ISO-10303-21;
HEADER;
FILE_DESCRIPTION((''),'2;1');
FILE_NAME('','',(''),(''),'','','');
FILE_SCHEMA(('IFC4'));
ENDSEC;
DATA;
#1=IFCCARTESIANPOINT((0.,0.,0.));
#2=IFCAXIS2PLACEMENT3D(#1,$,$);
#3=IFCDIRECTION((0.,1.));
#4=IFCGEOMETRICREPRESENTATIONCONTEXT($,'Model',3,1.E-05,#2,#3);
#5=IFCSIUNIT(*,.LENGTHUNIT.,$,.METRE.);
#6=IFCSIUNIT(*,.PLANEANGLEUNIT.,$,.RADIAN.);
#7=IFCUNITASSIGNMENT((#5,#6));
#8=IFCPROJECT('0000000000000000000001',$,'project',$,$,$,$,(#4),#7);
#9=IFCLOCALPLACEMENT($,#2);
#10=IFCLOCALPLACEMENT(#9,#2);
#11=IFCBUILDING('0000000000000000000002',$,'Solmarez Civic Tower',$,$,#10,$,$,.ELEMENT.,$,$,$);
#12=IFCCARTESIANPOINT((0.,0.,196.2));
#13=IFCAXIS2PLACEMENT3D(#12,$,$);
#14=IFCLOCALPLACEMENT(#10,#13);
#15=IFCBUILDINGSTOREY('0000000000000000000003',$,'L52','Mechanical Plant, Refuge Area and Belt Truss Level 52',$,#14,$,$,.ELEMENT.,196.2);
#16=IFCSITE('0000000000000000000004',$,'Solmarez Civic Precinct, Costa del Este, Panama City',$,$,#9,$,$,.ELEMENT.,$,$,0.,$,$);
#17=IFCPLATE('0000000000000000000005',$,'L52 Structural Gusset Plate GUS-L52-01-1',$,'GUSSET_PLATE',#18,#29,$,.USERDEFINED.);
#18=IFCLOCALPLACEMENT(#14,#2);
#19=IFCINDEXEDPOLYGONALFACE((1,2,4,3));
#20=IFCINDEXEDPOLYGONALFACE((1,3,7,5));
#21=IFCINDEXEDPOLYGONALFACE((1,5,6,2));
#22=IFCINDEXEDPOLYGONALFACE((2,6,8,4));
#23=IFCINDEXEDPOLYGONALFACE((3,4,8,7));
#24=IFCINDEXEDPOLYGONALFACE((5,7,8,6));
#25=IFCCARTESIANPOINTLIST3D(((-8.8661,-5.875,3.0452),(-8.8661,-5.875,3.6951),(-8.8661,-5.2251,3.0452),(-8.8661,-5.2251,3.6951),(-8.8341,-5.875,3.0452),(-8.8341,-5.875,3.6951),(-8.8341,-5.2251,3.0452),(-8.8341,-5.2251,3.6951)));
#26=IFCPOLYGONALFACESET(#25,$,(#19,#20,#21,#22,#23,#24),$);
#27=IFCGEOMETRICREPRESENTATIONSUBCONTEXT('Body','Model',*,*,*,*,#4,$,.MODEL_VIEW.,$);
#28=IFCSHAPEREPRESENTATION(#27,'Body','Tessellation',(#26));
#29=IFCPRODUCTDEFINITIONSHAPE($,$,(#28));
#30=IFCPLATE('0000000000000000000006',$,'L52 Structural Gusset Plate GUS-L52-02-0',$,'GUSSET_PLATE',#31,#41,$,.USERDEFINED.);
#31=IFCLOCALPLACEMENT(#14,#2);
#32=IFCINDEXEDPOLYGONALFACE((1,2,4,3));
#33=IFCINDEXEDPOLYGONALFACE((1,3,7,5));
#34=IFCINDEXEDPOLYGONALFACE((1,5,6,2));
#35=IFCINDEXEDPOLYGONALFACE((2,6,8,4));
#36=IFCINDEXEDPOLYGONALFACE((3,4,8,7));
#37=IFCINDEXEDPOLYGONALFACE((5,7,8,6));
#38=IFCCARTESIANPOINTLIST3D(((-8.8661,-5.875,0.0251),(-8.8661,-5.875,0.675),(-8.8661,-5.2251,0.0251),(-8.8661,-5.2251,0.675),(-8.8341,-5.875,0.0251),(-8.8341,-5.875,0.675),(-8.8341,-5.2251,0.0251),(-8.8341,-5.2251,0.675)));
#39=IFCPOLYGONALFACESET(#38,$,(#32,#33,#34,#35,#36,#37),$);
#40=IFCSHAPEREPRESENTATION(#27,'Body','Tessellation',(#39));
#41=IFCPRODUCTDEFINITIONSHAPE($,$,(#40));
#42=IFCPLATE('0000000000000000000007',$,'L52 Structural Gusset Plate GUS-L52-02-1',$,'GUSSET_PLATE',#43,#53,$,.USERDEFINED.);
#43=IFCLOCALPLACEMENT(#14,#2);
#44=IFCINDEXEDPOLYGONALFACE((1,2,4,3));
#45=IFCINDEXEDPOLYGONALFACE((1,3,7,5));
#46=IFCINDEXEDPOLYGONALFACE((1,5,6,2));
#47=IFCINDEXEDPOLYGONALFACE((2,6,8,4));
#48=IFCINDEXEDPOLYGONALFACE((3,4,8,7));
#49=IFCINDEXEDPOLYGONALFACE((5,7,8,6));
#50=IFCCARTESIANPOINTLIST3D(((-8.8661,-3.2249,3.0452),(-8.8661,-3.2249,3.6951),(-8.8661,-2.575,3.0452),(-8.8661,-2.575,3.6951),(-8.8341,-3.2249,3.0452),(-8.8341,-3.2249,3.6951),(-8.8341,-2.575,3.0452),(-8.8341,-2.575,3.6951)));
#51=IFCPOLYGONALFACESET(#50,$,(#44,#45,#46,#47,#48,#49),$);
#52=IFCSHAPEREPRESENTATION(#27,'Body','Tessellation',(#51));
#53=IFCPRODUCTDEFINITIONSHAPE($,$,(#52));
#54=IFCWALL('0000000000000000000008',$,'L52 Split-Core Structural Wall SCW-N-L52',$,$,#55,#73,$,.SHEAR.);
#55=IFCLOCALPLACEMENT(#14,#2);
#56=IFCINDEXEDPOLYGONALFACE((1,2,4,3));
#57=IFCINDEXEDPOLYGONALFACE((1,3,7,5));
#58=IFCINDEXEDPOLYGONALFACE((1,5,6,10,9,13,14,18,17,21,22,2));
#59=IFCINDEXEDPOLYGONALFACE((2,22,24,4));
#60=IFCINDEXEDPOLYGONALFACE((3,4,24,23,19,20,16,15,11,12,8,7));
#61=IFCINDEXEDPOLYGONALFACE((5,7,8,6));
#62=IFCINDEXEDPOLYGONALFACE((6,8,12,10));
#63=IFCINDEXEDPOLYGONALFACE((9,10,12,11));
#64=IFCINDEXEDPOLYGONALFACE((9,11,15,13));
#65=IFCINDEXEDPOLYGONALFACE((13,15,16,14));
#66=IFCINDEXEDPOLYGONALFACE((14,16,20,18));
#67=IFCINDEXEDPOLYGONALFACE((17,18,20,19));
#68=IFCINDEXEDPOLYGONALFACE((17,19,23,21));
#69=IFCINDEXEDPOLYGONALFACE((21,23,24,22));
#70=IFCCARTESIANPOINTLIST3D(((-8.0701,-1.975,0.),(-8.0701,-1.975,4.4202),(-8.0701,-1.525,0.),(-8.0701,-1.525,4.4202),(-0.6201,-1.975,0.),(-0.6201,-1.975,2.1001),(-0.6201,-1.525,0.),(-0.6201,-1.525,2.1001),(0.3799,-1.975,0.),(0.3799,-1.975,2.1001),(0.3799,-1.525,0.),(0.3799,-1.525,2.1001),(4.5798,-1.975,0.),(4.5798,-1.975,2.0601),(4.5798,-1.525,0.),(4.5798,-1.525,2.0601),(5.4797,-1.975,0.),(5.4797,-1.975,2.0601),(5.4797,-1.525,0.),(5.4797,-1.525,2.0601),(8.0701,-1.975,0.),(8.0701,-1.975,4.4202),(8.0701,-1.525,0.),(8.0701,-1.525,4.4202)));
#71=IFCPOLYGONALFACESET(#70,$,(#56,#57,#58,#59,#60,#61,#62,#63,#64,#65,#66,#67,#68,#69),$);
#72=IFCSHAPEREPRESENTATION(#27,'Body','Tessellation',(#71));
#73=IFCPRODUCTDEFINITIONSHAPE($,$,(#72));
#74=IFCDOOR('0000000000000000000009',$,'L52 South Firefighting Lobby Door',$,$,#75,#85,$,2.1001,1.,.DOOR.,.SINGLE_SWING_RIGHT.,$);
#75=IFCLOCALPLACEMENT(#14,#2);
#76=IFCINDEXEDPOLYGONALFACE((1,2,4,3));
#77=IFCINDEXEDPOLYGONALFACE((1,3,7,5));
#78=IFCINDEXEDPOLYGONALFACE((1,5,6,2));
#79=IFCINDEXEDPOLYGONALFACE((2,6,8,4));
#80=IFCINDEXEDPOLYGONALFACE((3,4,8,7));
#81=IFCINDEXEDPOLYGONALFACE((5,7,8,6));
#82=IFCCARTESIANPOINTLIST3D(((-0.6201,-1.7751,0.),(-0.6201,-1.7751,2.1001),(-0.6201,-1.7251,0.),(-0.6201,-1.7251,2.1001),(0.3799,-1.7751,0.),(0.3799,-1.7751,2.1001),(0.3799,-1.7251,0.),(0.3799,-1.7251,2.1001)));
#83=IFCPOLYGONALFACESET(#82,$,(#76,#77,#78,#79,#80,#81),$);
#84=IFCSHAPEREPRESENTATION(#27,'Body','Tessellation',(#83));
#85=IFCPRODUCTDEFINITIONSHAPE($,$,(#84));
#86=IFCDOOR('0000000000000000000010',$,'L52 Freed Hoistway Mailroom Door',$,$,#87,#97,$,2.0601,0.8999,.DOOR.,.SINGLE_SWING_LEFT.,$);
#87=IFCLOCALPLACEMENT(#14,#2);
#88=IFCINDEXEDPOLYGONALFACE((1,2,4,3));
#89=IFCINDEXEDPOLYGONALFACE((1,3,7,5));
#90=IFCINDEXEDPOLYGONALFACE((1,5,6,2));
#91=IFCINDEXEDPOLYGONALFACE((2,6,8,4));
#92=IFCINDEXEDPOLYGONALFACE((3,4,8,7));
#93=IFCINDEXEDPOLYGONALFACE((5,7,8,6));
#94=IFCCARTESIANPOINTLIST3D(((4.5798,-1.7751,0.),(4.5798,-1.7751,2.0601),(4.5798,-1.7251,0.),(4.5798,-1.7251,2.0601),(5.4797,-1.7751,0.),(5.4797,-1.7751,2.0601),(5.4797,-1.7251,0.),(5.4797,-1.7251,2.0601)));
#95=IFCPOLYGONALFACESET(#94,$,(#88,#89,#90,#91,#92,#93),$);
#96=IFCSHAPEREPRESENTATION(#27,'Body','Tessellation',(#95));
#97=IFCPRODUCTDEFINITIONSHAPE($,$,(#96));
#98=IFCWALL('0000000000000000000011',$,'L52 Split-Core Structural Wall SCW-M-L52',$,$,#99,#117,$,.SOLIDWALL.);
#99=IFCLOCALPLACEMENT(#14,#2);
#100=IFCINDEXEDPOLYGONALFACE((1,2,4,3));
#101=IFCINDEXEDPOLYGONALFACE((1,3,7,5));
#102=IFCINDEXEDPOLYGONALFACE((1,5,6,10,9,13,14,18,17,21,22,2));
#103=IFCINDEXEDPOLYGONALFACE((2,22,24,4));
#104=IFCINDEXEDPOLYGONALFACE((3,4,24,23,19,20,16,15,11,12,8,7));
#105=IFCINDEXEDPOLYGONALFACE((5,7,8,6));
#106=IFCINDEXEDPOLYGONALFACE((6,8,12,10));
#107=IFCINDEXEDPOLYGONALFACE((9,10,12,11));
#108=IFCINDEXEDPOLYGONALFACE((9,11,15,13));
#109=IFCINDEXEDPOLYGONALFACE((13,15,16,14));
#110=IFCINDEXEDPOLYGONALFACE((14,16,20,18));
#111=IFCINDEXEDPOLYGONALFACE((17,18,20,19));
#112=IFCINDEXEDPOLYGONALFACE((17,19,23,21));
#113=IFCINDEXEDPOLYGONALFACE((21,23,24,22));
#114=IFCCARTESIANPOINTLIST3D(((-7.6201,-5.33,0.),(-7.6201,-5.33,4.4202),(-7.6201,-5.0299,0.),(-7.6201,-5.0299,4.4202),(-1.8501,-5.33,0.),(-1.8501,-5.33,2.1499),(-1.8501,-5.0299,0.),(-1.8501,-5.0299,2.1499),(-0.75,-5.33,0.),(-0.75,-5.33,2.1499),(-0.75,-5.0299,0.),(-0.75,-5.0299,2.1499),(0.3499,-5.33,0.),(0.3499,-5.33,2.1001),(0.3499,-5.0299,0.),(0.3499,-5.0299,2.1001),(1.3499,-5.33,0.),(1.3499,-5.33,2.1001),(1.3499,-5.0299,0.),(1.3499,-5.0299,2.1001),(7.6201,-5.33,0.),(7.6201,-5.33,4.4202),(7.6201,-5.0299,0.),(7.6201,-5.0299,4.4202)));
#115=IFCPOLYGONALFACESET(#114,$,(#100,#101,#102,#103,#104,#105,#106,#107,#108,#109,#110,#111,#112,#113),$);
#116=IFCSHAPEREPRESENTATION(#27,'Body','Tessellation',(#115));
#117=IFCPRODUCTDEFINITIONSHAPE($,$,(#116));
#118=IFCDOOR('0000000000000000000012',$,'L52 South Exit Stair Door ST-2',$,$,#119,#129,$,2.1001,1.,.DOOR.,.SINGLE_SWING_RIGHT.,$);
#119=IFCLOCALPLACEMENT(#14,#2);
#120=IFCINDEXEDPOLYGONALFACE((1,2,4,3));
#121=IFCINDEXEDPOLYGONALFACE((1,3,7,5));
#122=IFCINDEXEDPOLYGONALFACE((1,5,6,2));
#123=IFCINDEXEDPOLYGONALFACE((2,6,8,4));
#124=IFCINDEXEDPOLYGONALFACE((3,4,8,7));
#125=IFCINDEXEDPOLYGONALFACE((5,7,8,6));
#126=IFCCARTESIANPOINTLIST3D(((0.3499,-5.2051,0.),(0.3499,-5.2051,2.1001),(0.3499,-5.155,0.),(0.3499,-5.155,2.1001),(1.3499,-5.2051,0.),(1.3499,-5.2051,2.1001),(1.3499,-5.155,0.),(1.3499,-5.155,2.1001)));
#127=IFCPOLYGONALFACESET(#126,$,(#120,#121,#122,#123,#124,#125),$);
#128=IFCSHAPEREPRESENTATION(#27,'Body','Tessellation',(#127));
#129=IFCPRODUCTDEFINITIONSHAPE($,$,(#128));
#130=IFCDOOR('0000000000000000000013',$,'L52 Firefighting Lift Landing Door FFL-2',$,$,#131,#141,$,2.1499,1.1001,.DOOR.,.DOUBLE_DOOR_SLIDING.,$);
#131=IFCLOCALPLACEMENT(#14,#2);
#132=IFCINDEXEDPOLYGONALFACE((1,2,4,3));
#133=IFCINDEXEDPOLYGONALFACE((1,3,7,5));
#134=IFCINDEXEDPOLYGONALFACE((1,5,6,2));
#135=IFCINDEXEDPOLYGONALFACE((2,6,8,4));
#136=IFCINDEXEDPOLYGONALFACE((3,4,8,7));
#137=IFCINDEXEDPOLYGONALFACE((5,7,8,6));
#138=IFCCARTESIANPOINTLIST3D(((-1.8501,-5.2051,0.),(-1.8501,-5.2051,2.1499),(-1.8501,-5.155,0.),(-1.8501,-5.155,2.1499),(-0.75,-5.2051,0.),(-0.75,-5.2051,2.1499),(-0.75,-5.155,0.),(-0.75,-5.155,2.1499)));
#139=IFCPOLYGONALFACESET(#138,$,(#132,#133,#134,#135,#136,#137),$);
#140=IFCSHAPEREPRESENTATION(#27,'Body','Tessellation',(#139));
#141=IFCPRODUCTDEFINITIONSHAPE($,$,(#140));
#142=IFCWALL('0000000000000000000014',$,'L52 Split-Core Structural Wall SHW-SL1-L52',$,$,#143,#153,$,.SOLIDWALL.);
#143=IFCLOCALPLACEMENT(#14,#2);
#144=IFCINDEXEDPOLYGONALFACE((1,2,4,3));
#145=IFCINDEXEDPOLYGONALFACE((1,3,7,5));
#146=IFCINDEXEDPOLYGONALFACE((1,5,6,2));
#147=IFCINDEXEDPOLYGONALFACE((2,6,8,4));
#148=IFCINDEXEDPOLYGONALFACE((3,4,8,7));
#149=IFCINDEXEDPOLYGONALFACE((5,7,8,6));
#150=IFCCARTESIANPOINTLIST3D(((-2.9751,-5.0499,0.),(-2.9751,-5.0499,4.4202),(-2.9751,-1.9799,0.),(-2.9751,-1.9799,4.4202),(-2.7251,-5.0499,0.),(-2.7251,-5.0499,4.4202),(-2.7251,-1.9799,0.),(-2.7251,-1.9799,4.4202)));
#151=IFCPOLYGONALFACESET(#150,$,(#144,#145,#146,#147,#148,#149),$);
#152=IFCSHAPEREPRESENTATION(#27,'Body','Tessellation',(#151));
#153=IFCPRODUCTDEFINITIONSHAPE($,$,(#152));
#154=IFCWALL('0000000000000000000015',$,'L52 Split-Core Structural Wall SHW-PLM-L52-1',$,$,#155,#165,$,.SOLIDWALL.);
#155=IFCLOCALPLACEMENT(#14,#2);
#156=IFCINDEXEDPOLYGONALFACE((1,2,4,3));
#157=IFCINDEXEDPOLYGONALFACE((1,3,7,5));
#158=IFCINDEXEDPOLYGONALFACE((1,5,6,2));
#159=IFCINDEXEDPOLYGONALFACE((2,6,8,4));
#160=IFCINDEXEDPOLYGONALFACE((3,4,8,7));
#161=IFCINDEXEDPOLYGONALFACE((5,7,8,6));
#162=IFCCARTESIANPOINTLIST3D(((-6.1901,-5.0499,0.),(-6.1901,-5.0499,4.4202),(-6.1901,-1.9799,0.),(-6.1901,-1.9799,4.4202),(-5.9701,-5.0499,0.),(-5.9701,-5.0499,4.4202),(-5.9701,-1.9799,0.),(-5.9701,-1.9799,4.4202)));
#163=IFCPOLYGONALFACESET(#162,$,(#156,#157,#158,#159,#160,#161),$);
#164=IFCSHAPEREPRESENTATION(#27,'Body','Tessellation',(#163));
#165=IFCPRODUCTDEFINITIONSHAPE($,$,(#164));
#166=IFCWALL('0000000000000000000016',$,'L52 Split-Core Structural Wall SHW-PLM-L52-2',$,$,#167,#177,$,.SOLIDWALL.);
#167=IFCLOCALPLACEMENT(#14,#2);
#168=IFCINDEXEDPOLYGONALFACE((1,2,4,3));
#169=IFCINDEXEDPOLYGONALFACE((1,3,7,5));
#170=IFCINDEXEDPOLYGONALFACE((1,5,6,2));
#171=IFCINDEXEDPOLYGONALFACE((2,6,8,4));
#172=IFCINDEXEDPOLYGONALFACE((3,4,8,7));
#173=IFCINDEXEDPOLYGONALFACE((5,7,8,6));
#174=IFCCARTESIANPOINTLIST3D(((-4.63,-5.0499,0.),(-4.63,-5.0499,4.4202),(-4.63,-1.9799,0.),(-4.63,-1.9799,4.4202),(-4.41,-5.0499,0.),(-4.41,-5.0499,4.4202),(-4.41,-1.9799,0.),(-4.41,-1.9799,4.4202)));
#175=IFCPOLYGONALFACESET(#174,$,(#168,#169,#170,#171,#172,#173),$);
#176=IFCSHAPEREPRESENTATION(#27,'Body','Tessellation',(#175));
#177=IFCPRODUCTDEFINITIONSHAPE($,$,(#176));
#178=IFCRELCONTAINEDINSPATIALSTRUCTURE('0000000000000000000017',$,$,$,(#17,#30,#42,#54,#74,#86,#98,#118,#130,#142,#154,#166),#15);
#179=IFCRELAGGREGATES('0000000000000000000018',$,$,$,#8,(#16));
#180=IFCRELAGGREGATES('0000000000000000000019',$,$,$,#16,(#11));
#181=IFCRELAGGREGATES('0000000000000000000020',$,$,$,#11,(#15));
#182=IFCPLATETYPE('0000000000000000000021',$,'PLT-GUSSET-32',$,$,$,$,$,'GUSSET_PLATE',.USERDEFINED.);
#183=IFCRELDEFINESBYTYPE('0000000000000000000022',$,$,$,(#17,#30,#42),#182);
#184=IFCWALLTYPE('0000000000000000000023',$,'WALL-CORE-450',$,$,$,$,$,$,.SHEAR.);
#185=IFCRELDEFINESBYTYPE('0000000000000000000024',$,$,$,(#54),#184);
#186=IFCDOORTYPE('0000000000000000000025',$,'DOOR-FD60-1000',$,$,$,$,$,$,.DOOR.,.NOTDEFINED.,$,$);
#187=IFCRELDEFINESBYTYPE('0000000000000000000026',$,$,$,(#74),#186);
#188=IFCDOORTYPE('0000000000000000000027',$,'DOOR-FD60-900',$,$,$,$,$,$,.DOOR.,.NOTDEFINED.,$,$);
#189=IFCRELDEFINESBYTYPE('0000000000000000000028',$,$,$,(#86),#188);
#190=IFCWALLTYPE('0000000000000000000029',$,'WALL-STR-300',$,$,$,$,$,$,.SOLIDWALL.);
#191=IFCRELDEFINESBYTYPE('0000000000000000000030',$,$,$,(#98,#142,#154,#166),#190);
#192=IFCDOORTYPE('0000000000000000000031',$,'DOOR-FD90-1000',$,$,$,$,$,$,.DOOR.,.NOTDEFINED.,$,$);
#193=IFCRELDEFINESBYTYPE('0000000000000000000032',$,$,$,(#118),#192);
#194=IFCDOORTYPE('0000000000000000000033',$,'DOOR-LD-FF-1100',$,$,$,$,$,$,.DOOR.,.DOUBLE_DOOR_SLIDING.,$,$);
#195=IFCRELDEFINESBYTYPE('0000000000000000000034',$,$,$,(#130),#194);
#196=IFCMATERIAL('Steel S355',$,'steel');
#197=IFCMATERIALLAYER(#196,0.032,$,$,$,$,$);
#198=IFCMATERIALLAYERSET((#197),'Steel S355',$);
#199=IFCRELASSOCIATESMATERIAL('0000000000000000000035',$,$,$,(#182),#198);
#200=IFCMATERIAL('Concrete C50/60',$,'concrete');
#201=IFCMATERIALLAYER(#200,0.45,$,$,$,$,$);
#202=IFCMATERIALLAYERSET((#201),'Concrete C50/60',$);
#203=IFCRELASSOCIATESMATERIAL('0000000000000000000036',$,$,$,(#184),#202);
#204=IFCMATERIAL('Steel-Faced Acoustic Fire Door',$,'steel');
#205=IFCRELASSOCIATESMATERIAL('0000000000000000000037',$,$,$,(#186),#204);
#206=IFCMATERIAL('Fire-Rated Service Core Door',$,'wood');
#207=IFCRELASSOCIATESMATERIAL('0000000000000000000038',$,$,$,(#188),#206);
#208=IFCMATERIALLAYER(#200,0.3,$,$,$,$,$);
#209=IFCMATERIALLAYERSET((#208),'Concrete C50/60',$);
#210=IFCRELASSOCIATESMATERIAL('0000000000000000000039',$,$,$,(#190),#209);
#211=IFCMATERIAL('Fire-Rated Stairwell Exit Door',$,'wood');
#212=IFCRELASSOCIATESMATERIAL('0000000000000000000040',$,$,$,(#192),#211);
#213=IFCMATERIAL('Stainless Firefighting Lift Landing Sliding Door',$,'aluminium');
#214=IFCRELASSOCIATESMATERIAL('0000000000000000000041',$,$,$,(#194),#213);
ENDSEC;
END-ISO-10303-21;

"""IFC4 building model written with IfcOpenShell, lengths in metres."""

from ifc_helpers import new_model, si_unit, direction, frame, frame_2d, origin, origin_2d, place, context, subcontext, project, spatial, rectangle, extrude, material, layer, layer_set, type_object, element, fill, save


model = new_model("IFC4")

# Units and contexts
model_context = context("Model", 3, precision=1e-05, world=origin(), true_north=direction((0.0, 1.0)))
body_context = subcontext(model_context, "Body", "Model", "MODEL_VIEW")
ifc_project = project(units=[si_unit("LENGTHUNIT", "METRE"), si_unit("PLANEANGLEUNIT", "RADIAN")], contexts=[model_context])

# Site, building, storey
site_placement = place(None, origin())
site = spatial("IfcSite", under=ifc_project, at=site_placement, Name="Solmarez Civic Precinct, Costa del Este, Panama City", CompositionType="ELEMENT", RefElevation=0.0)
building_placement = place(site_placement, origin())
building = spatial("IfcBuilding", under=site, at=building_placement, Name="Solmarez Civic Tower", CompositionType="ELEMENT")
storey_placement = place(building_placement, frame((0.0, 0.0, 196.2)))
storey = spatial("IfcBuildingStorey", under=building, at=storey_placement, Name="L52", Description="Mechanical Plant, Refuge Area and Belt Truss Level 52", CompositionType="ELEMENT", Elevation=196.2)

# Shared definitions
ifc_material_1 = material(Name="Concrete C50/60", Category="concrete")

# Shared definitions
ifc_material_2 = material(Name="Steel S355", Category="steel")

# Plates
ifc_layer_1 = layer(ifc_material_2, 0.032)
ifc_layer_set_1 = layer_set([ifc_layer_1], Name="Steel S355")
plate_type_1 = type_object("IfcPlateType", Name="PLT-GUSSET-32", ElementType="GUSSET_PLATE", PredefinedType="USERDEFINED", material=ifc_layer_set_1)
for number, where, z_axis, x_axis, name in (
    (1, (-8.8501, -5.55, 3.0452), (0.0, 0.0, 1.0), (0.0, 1.0, 0.0), "L52 Structural Gusset Plate GUS-L52-01-1"),
    (2, (-8.8501, -5.55, 0.0251), (0.0, 0.0, 1.0), (0.0, 1.0, 0.0), "L52 Structural Gusset Plate GUS-L52-02-0"),
    (3, (-8.8501, -2.8999, 3.0452), (0.0, 0.0, 1.0), (0.0, 1.0, 0.0), "L52 Structural Gusset Plate GUS-L52-02-1"),
):
    element("IfcPlate", number, at=place(storey_placement, frame(where, z_axis=z_axis, x_axis=x_axis)), inside=storey, type_object=plate_type_1, Name=name, ObjectType="GUSSET_PLATE", PredefinedType="USERDEFINED", context=body_context, shape_type="SweptSolid", body=[
        extrude(rectangle(XDim=0.6499, YDim=0.032, at=origin_2d()), origin(), (0.0, 0.0, 1.0), 0.6499),
    ])

# Walls, openings, doors
ifc_layer_2 = layer(ifc_material_1, 0.45)
ifc_layer_set_2 = layer_set([ifc_layer_2], Name="Concrete C50/60")
wall_type_1 = type_object("IfcWallType", Name="WALL-CORE-450", PredefinedType="SHEAR", material=ifc_layer_set_2)
wall_1_placement = place(storey_placement, frame((-8.0701, -1.75, 0.0), z_axis=(0.0, 0.0, 1.0), x_axis=(1.0, 0.0, 0.0)))
wall_1 = element("IfcWall", 4, at=wall_1_placement, inside=storey, type_object=wall_type_1, Name="L52 Split-Core Structural Wall SCW-N-L52", PredefinedType="SHEAR", context=body_context, shape_type="SweptSolid", body=[
    extrude(rectangle(XDim=16.1401, YDim=0.45, at=frame_2d((8.0701, 0.0))), origin(), (0.0, 0.0, 1.0), 4.4202),
])
opening_1_placement = place(wall_1_placement, frame((7.45, 0.0, 0.0)))
opening_1 = element("IfcOpeningElement", 5, at=opening_1_placement, cuts=wall_1, PredefinedType="OPENING", context=body_context, shape_type="SweptSolid", body=[
    extrude(rectangle(XDim=1.0, YDim=2.1001, at=frame_2d((0.5, 1.05))), frame((0.0, 0.2349, 0.0), z_axis=(0.0, -1.0, 0.0), x_axis=(1.0, 0.0, 0.0)), (0.0, 0.0, 1.0), 0.47),
])
opening_2_placement = place(wall_1_placement, frame((12.6499, 0.0, 0.0)))
opening_2 = element("IfcOpeningElement", 6, at=opening_2_placement, cuts=wall_1, PredefinedType="OPENING", context=body_context, shape_type="SweptSolid", body=[
    extrude(rectangle(XDim=0.8999, YDim=2.0601, at=frame_2d((0.45, 1.03))), frame((0.0, 0.2349, 0.0), z_axis=(0.0, -1.0, 0.0), x_axis=(1.0, 0.0, 0.0)), (0.0, 0.0, 1.0), 0.47),
])
ifc_material_3 = material(Name="Steel-Faced Acoustic Fire Door", Category="steel")
door_type_1 = type_object("IfcDoorType", Name="DOOR-FD60-1000", OperationType="NOTDEFINED", PredefinedType="DOOR", material=ifc_material_3)
door_1_placement = place(opening_1_placement, origin())
door_1 = element("IfcDoor", 7, at=door_1_placement, inside=storey, type_object=door_type_1, Name="L52 South Firefighting Lobby Door", OperationType="SINGLE_SWING_RIGHT", OverallHeight=2.1001, OverallWidth=1.0, PredefinedType="DOOR", context=body_context, shape_type="SweptSolid", body=[
    extrude(rectangle(XDim=1.0, YDim=2.1001, at=frame_2d((0.5, 1.05))), frame((0.0, 0.0249, 0.0), z_axis=(0.0, -1.0, 0.0), x_axis=(1.0, 0.0, 0.0)), (0.0, 0.0, 1.0), 0.05),
])
fill(opening_1, door_1)
ifc_material_4 = material(Name="Fire-Rated Service Core Door", Category="wood")
door_type_2 = type_object("IfcDoorType", Name="DOOR-FD60-900", OperationType="NOTDEFINED", PredefinedType="DOOR", material=ifc_material_4)
door_2_placement = place(opening_2_placement, origin())
door_2 = element("IfcDoor", 8, at=door_2_placement, inside=storey, type_object=door_type_2, Name="L52 Freed Hoistway Mailroom Door", OperationType="SINGLE_SWING_LEFT", OverallHeight=2.0601, OverallWidth=0.8999, PredefinedType="DOOR", context=body_context, shape_type="SweptSolid", body=[
    extrude(rectangle(XDim=0.8999, YDim=2.0601, at=frame_2d((0.45, 1.03))), frame((0.0, 0.0249, 0.0), z_axis=(0.0, -1.0, 0.0), x_axis=(1.0, 0.0, 0.0)), (0.0, 0.0, 1.0), 0.05),
])
fill(opening_2, door_2)
ifc_layer_3 = layer(ifc_material_1, 0.3)
ifc_layer_set_3 = layer_set([ifc_layer_3], Name="Concrete C50/60")
wall_type_2 = type_object("IfcWallType", Name="WALL-STR-300", PredefinedType="SOLIDWALL", material=ifc_layer_set_3)
wall_2_placement = place(storey_placement, frame((-7.6201, -5.1799, 0.0), z_axis=(0.0, 0.0, 1.0), x_axis=(1.0, 0.0, 0.0)))
wall_2 = element("IfcWall", 9, at=wall_2_placement, inside=storey, type_object=wall_type_2, Name="L52 Split-Core Structural Wall SCW-M-L52", PredefinedType="SOLIDWALL", context=body_context, shape_type="SweptSolid", body=[
    extrude(rectangle(XDim=15.2402, YDim=0.3, at=frame_2d((7.6201, 0.0))), origin(), (0.0, 0.0, 1.0), 4.4202),
])
opening_3_placement = place(wall_2_placement, frame((5.77, 0.0, 0.0)))
opening_3 = element("IfcOpeningElement", 10, at=opening_3_placement, cuts=wall_2, PredefinedType="OPENING", context=body_context, shape_type="SweptSolid", body=[
    extrude(rectangle(XDim=1.1001, YDim=2.1499, at=frame_2d((0.55, 1.075))), frame((0.0, 0.1599, 0.0), z_axis=(0.0, -1.0, 0.0), x_axis=(1.0, 0.0, 0.0)), (0.0, 0.0, 1.0), 0.3201),
])
opening_4_placement = place(wall_2_placement, frame((7.97, 0.0, 0.0)))
opening_4 = element("IfcOpeningElement", 11, at=opening_4_placement, cuts=wall_2, PredefinedType="OPENING", context=body_context, shape_type="SweptSolid", body=[
    extrude(rectangle(XDim=1.0, YDim=2.1001, at=frame_2d((0.5, 1.05))), frame((0.0, 0.1599, 0.0), z_axis=(0.0, -1.0, 0.0), x_axis=(1.0, 0.0, 0.0)), (0.0, 0.0, 1.0), 0.3201),
])
ifc_material_5 = material(Name="Fire-Rated Stairwell Exit Door", Category="wood")
door_type_3 = type_object("IfcDoorType", Name="DOOR-FD90-1000", OperationType="NOTDEFINED", PredefinedType="DOOR", material=ifc_material_5)
door_3_placement = place(opening_4_placement, origin())
door_3 = element("IfcDoor", 12, at=door_3_placement, inside=storey, type_object=door_type_3, Name="L52 South Exit Stair Door ST-2", OperationType="SINGLE_SWING_RIGHT", OverallHeight=2.1001, OverallWidth=1.0, PredefinedType="DOOR", context=body_context, shape_type="SweptSolid", body=[
    extrude(rectangle(XDim=1.0, YDim=2.1001, at=frame_2d((0.5, 1.05))), frame((0.0, 0.0249, 0.0), z_axis=(0.0, -1.0, 0.0), x_axis=(1.0, 0.0, 0.0)), (0.0, 0.0, 1.0), 0.05),
])
fill(opening_4, door_3)
ifc_material_6 = material(Name="Stainless Firefighting Lift Landing Sliding Door", Category="aluminium")
door_type_4 = type_object("IfcDoorType", Name="DOOR-LD-FF-1100", OperationType="DOUBLE_DOOR_SLIDING", PredefinedType="DOOR", material=ifc_material_6)
door_4_placement = place(opening_3_placement, origin())
door_4 = element("IfcDoor", 13, at=door_4_placement, inside=storey, type_object=door_type_4, Name="L52 Firefighting Lift Landing Door FFL-2", OperationType="DOUBLE_DOOR_SLIDING", OverallHeight=2.1499, OverallWidth=1.1001, PredefinedType="DOOR", context=body_context, shape_type="SweptSolid", body=[
    extrude(rectangle(XDim=1.1001, YDim=2.1499, at=frame_2d((0.55, 1.075))), frame((0.0, 0.0249, 0.0), z_axis=(0.0, -1.0, 0.0), x_axis=(1.0, 0.0, 0.0)), (0.0, 0.0, 1.0), 0.05),
])
fill(opening_3, door_4)

# Walls
wall_3_placement = place(storey_placement, frame((-2.8501, -5.05, 0.0), z_axis=(0.0, 0.0, 1.0), x_axis=(0.0, 1.0, 0.0)))
element("IfcWall", 14, at=wall_3_placement, inside=storey, type_object=wall_type_2, Name="L52 Split-Core Structural Wall SHW-SL1-L52", PredefinedType="SOLIDWALL", context=body_context, shape_type="SweptSolid", body=[
    extrude(rectangle(XDim=3.0701, YDim=0.25, at=frame_2d((1.5352, 0.0))), origin(), (0.0, 0.0, 1.0), 4.4202),
])
for number, where, z_axis, x_axis, name in (
    (15, (-6.0801, -5.05, 0.0), (0.0, 0.0, 1.0), (0.0, 1.0, 0.0), "L52 Split-Core Structural Wall SHW-PLM-L52-1"),
    (16, (-4.52, -5.05, 0.0), (0.0, 0.0, 1.0), (0.0, 1.0, 0.0), "L52 Split-Core Structural Wall SHW-PLM-L52-2"),
):
    element("IfcWall", number, at=place(storey_placement, frame(where, z_axis=z_axis, x_axis=x_axis)), inside=storey, type_object=wall_type_2, Name=name, PredefinedType="SOLIDWALL", context=body_context, shape_type="SweptSolid", body=[
        extrude(rectangle(XDim=3.0701, YDim=0.22, at=frame_2d((1.5352, 0.0))), origin(), (0.0, 0.0, 1.0), 4.4202),
    ])

save(model, "model.ifc")
